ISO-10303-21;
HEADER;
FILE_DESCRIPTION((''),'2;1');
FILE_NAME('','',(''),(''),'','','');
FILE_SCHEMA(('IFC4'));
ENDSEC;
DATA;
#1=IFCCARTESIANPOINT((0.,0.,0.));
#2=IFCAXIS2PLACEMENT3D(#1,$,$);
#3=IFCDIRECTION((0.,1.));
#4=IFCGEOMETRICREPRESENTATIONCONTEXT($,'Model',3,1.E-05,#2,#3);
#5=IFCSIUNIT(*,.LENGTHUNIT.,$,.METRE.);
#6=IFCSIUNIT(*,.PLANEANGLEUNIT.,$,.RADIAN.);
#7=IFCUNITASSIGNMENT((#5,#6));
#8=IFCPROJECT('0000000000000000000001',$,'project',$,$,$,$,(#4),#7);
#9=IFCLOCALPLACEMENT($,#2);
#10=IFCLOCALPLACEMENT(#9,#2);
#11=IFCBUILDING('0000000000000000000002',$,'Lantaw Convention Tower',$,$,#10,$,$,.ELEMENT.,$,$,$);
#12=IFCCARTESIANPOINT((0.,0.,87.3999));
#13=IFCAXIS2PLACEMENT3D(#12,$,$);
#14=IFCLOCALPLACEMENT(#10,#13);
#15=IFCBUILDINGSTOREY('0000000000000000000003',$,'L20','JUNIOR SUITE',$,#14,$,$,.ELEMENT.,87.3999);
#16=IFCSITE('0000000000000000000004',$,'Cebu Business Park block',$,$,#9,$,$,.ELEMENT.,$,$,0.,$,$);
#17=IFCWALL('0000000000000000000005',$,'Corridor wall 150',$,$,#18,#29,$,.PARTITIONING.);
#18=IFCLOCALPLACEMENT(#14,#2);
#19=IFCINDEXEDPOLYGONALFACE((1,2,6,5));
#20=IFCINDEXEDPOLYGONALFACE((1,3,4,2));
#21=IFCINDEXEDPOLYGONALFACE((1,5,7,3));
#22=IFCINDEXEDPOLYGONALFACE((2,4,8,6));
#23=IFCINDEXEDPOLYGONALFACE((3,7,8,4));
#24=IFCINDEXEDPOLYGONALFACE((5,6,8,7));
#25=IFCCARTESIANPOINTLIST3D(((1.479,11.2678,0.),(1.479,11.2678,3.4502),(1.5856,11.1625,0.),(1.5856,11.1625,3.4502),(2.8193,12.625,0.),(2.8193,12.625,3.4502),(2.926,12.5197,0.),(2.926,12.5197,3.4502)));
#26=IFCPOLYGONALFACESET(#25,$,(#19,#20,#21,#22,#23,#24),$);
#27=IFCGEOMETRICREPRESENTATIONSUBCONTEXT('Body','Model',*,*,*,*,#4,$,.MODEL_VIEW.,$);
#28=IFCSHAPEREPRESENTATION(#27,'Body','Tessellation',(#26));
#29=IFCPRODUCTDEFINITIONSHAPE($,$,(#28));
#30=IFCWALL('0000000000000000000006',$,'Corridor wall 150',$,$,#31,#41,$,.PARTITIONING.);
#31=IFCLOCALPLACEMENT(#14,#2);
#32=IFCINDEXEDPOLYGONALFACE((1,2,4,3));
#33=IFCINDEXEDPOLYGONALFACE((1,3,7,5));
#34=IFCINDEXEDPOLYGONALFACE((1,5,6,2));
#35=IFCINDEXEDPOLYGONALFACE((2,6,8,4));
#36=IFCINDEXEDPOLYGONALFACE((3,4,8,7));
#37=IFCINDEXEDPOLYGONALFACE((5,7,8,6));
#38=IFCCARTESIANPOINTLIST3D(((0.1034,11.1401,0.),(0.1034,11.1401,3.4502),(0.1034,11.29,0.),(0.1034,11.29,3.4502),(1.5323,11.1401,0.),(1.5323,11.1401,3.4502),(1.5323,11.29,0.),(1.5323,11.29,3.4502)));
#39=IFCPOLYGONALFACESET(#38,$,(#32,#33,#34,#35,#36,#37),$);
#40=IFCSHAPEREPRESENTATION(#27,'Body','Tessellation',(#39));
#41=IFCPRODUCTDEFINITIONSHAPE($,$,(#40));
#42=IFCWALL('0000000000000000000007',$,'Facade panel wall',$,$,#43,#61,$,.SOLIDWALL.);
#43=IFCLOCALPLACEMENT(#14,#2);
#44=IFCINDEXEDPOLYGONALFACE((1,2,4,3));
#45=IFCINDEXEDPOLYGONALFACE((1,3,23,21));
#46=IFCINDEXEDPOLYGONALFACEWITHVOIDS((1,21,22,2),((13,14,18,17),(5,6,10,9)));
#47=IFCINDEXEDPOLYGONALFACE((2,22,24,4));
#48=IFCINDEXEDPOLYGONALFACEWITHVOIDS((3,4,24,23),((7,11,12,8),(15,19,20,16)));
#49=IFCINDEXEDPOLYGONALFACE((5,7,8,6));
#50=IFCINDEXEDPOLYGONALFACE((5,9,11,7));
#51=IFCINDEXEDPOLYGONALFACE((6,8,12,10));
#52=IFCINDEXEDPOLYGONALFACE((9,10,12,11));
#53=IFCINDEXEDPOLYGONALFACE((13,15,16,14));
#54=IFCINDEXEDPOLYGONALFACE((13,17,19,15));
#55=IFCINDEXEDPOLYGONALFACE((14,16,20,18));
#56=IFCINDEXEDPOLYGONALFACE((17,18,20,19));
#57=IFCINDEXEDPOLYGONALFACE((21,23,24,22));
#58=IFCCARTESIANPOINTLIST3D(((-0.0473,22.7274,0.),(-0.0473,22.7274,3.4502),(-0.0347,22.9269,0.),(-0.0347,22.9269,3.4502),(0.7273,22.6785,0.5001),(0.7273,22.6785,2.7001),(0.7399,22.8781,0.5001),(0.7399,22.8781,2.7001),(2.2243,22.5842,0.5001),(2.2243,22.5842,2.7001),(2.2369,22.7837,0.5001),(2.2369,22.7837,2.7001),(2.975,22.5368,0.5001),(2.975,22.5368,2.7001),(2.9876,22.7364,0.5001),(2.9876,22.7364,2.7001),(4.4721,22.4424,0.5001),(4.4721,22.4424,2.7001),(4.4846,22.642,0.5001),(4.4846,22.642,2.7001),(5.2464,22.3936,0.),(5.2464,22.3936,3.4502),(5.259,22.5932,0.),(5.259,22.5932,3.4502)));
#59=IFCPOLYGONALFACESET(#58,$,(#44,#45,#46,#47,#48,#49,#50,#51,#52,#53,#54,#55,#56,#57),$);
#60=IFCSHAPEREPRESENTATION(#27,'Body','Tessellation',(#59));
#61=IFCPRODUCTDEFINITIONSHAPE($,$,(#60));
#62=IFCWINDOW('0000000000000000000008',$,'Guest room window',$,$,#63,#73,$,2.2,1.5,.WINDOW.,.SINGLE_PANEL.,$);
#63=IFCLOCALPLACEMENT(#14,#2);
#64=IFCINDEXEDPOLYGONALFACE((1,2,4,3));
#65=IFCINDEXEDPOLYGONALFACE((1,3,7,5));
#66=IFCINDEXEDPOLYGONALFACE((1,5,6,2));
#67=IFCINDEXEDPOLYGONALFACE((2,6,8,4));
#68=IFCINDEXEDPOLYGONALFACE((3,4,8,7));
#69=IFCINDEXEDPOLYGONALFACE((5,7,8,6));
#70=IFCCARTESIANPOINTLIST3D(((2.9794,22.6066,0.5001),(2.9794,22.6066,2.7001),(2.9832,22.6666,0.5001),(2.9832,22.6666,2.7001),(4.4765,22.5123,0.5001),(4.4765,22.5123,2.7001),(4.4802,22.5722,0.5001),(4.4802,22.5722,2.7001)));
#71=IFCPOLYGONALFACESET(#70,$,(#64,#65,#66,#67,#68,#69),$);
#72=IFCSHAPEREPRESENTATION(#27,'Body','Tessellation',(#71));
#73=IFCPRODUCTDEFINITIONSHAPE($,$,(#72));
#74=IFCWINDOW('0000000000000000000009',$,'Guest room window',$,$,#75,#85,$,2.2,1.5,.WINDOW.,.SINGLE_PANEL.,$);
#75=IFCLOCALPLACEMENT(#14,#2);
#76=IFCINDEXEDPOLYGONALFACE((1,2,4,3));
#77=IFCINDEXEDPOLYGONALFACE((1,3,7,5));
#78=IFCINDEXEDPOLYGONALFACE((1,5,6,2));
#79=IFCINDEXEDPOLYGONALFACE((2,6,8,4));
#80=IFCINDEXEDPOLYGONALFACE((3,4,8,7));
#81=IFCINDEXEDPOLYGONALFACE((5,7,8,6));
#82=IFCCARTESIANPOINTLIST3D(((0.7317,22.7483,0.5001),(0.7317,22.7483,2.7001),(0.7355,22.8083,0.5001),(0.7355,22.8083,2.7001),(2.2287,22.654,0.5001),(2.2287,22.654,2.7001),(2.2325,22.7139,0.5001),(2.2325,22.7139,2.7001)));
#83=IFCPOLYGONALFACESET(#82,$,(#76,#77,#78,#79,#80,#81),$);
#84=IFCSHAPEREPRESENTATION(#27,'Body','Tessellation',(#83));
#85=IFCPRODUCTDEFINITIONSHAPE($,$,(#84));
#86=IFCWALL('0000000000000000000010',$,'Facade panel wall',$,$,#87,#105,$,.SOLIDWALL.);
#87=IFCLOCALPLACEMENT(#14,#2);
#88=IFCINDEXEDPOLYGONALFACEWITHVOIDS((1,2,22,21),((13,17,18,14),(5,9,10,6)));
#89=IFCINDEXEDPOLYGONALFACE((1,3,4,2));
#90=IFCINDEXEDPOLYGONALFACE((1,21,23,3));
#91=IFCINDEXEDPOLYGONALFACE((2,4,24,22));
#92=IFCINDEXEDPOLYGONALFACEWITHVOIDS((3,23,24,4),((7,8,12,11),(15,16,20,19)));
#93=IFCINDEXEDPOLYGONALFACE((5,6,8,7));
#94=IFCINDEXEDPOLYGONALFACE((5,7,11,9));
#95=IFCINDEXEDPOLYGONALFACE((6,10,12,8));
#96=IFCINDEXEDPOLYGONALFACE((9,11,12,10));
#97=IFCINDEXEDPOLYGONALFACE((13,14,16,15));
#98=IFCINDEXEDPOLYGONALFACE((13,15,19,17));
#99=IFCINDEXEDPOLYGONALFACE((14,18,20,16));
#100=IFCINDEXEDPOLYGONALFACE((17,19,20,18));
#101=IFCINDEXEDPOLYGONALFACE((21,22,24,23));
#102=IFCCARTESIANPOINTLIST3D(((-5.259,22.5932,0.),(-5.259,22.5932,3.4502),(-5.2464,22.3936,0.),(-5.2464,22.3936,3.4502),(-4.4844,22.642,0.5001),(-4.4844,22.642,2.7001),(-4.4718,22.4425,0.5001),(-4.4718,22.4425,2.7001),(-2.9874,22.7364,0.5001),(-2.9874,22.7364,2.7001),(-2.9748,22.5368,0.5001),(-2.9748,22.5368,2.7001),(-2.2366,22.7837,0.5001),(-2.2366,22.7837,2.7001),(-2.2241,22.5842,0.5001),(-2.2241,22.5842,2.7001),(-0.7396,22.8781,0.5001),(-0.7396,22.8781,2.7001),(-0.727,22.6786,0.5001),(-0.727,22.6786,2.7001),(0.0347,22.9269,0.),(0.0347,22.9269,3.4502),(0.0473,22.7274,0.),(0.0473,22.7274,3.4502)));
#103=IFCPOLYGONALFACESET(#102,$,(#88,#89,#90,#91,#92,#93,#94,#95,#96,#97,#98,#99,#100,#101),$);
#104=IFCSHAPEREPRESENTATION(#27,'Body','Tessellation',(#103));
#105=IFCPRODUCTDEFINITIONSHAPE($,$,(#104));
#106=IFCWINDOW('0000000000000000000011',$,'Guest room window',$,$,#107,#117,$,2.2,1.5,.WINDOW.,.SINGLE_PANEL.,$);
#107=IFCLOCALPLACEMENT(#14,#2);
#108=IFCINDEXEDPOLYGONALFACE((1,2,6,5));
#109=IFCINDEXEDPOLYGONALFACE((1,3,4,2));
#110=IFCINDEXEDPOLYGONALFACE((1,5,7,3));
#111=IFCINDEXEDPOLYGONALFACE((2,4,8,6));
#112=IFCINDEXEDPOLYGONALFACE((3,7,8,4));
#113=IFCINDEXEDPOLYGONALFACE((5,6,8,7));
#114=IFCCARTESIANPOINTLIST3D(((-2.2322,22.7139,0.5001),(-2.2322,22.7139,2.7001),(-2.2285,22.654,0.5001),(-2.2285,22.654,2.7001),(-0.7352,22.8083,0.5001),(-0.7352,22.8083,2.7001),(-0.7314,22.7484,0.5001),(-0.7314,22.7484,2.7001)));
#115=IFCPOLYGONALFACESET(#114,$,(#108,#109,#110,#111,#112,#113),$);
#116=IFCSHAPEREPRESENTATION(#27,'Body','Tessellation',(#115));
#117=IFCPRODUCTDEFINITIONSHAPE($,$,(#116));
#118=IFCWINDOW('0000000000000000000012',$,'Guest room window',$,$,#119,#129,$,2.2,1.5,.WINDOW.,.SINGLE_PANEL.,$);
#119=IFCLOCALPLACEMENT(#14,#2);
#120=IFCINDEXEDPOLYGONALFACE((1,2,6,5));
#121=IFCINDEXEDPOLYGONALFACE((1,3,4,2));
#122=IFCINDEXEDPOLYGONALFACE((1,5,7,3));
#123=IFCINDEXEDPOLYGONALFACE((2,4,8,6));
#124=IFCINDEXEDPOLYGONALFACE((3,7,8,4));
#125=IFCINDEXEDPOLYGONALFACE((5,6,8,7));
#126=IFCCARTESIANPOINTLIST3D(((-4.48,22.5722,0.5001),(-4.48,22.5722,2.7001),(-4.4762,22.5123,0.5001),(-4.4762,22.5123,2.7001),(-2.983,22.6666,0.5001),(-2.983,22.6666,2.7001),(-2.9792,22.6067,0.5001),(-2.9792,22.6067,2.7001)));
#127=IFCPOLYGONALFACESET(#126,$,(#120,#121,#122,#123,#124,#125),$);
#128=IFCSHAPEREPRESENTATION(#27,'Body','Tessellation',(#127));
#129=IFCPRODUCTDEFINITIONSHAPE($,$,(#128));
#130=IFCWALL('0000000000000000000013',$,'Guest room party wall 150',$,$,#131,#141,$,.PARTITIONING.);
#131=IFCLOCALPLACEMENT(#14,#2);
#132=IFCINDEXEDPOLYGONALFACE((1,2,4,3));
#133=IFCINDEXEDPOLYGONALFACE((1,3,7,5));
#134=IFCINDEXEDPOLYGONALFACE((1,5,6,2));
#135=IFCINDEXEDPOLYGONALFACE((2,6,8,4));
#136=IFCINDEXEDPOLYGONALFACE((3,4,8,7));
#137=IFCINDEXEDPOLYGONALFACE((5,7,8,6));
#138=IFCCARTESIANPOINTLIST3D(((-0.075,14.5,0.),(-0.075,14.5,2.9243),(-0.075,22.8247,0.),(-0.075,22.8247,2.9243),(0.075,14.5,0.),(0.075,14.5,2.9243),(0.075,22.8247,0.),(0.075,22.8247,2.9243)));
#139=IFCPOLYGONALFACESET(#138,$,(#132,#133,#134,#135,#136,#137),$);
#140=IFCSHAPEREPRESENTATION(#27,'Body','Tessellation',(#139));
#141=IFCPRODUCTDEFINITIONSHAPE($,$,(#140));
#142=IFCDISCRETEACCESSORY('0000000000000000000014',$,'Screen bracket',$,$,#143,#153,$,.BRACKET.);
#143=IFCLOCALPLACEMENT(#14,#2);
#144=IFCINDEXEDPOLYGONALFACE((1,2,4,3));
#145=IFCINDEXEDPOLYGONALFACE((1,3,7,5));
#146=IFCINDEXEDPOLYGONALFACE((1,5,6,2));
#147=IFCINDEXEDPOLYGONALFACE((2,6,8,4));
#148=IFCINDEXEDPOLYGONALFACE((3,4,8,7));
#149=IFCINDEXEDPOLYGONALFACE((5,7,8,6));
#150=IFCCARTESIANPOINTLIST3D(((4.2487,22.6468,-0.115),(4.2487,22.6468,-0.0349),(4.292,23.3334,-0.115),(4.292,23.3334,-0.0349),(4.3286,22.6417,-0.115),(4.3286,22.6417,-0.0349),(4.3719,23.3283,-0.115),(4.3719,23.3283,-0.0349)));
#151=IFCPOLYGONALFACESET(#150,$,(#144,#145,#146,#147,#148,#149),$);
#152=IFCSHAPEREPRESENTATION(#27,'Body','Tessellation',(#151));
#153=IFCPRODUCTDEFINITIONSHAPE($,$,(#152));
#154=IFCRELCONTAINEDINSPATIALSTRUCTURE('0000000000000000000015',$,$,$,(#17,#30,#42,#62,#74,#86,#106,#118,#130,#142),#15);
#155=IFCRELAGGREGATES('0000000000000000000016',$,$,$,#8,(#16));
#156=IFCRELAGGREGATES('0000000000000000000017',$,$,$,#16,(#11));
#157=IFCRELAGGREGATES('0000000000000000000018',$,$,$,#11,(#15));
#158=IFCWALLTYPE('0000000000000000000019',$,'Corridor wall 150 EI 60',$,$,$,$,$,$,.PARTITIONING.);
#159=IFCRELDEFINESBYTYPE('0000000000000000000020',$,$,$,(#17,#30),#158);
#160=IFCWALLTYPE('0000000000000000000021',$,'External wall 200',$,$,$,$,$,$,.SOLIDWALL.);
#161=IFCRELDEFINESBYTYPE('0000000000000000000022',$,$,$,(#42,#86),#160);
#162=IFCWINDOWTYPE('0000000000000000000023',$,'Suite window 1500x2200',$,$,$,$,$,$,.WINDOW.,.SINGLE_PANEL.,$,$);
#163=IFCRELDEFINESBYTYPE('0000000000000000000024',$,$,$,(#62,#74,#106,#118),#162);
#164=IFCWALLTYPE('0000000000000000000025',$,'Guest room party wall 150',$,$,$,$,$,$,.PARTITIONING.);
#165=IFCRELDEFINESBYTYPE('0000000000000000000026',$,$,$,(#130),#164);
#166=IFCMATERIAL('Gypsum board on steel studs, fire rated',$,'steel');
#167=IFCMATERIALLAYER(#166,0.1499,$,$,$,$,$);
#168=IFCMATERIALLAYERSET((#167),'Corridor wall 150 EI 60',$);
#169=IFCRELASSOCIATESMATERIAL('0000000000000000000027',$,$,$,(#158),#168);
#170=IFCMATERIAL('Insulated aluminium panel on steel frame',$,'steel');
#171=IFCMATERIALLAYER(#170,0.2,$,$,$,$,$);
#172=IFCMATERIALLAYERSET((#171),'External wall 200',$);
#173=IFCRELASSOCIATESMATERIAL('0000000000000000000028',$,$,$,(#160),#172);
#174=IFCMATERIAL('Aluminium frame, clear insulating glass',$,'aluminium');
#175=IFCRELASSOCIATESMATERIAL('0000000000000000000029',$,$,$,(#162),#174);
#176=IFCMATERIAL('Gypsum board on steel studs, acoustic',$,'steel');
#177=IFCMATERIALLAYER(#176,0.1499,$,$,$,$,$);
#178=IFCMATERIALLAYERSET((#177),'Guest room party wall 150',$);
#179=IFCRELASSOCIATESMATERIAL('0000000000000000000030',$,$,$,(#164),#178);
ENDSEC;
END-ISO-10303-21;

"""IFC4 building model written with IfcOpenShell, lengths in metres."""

from ifc_helpers import new_model, si_unit, direction, frame, frame_2d, origin, origin_2d, place, context, subcontext, project, spatial, rectangle, extrude, material, layer, layer_set, type_object, element, fill, save


model = new_model("IFC4")

# Units and contexts
model_context = context("Model", 3, precision=1e-05, world=origin(), true_north=direction((0.0, 1.0)))
body_context = subcontext(model_context, "Body", "Model", "MODEL_VIEW")
ifc_project = project(units=[si_unit("LENGTHUNIT", "METRE"), si_unit("PLANEANGLEUNIT", "RADIAN")], contexts=[model_context])

# Site, building, storey
site_placement = place(None, origin())
site = spatial("IfcSite", under=ifc_project, at=site_placement, Name="Cebu Business Park block", CompositionType="ELEMENT", RefElevation=0.0)
building_placement = place(site_placement, origin())
building = spatial("IfcBuilding", under=site, at=building_placement, Name="Lantaw Convention Tower", CompositionType="ELEMENT")
storey_placement = place(building_placement, frame((0.0, 0.0, 87.3999)))
storey = spatial("IfcBuildingStorey", under=building, at=storey_placement, Name="L20", Description="JUNIOR SUITE", CompositionType="ELEMENT", Elevation=87.3999)

# Shared definitions
ifc_material_1 = material(Name="Gypsum board on steel studs, fire rated", Category="steel")
ifc_layer_1 = layer(ifc_material_1, 0.1499)
ifc_layer_set_1 = layer_set([ifc_layer_1], Name="Corridor wall 150 EI 60")
wall_type_1 = type_object("IfcWallType", Name="Corridor wall 150 EI 60", PredefinedType="PARTITIONING", material=ifc_layer_set_1)

# Walls
wall_1_placement = place(storey_placement, frame((2.8726, 12.5723, 0.0), z_axis=(0.0, 0.0, 1.0), x_axis=(-0.702677, -0.711509, 0.0)))
element("IfcWall", 1, at=wall_1_placement, inside=storey, type_object=wall_type_1, Name="Corridor wall 150", PredefinedType="PARTITIONING", context=body_context, shape_type="SweptSolid", body=[
    extrude(rectangle(XDim=1.9075, YDim=0.1499, at=frame_2d((0.9536, 0.0))), origin(), (0.0, 0.0, 1.0), 3.4502),
])
wall_2_placement = place(storey_placement, frame((1.5322, 11.2151, 0.0), z_axis=(0.0, 0.0, 1.0), x_axis=(-1.0, 0.0, 0.0)))
element("IfcWall", 2, at=wall_2_placement, inside=storey, type_object=wall_type_1, Name="Corridor wall 150", PredefinedType="PARTITIONING", context=body_context, shape_type="SweptSolid", body=[
    extrude(rectangle(XDim=1.429, YDim=0.1499, at=frame_2d((0.7144, 0.0))), origin(), (0.0, 0.0, 1.0), 3.4502),
])

# Walls, openings, windows
ifc_material_2 = material(Name="Insulated aluminium panel on steel frame", Category="steel")
ifc_layer_2 = layer(ifc_material_2, 0.2)
ifc_layer_set_2 = layer_set([ifc_layer_2], Name="External wall 200")
wall_type_2 = type_object("IfcWallType", Name="External wall 200", PredefinedType="SOLIDWALL", material=ifc_layer_set_2)
wall_3_placement = place(storey_placement, frame((5.2527, 22.4934, 0.0), z_axis=(0.0, 0.0, 1.0), x_axis=(-0.998019, 0.06292, 0.0)))
wall_3 = element("IfcWall", 3, at=wall_3_placement, inside=storey, type_object=wall_type_2, Name="Facade panel wall", PredefinedType="SOLIDWALL", context=body_context, shape_type="SweptSolid", body=[
    extrude(rectangle(XDim=5.3042, YDim=0.2, at=frame_2d((2.6521, 0.0))), origin(), (0.0, 0.0, 1.0), 3.4502),
])
opening_1_placement = place(wall_3_placement, frame((0.7759, 0.0, 0.5)))
opening_1 = element("IfcOpeningElement", 4, at=opening_1_placement, cuts=wall_3, PredefinedType="OPENING", context=body_context, shape_type="SweptSolid", body=[
    extrude(rectangle(XDim=1.5, YDim=2.2, at=frame_2d((0.75, 1.1001))), frame((0.0, 0.1099, 0.0), z_axis=(0.0, -1.0, 0.0), x_axis=(1.0, 0.0, 0.0)), (0.0, 0.0, 1.0), 0.22),
])
opening_2_placement = place(wall_3_placement, frame((3.0281, 0.0, 0.5)))
opening_2 = element("IfcOpeningElement", 5, at=opening_2_placement, cuts=wall_3, PredefinedType="OPENING", context=body_context, shape_type="SweptSolid", body=[
    extrude(rectangle(XDim=1.5, YDim=2.2, at=frame_2d((0.75, 1.1001))), frame((0.0, 0.1099, 0.0), z_axis=(0.0, -1.0, 0.0), x_axis=(1.0, 0.0, 0.0)), (0.0, 0.0, 1.0), 0.22),
])
ifc_material_3 = material(Name="Aluminium frame, clear insulating glass", Category="aluminium")
window_type = type_object("IfcWindowType", Name="Suite window 1500x2200", PartitioningType="SINGLE_PANEL", PredefinedType="WINDOW", material=ifc_material_3)
window_1_placement = place(opening_1_placement, origin())
window_1 = element("IfcWindow", 6, at=window_1_placement, inside=storey, type_object=window_type, Name="Guest room window", OverallHeight=2.2, OverallWidth=1.5, PartitioningType="SINGLE_PANEL", PredefinedType="WINDOW", context=body_context, shape_type="SweptSolid", body=[
    extrude(rectangle(XDim=1.5, YDim=2.2, at=frame_2d((0.75, 1.1001))), frame((0.0, 0.03, 0.0), z_axis=(0.0, -1.0, 0.0), x_axis=(1.0, 0.0, 0.0)), (0.0, 0.0, 1.0), 0.0601),
])
fill(opening_1, window_1)
window_2_placement = place(opening_2_placement, origin())
window_2 = element("IfcWindow", 7, at=window_2_placement, inside=storey, type_object=window_type, Name="Guest room window", OverallHeight=2.2, OverallWidth=1.5, PartitioningType="SINGLE_PANEL", PredefinedType="WINDOW", context=body_context, shape_type="SweptSolid", body=[
    extrude(rectangle(XDim=1.5, YDim=2.2, at=frame_2d((0.75, 1.1001))), frame((0.0, 0.03, 0.0), z_axis=(0.0, -1.0, 0.0), x_axis=(1.0, 0.0, 0.0)), (0.0, 0.0, 1.0), 0.0601),
])
fill(opening_2, window_2)
wall_4_placement = place(storey_placement, frame((0.041, 22.8271, 0.0), z_axis=(0.0, 0.0, 1.0), x_axis=(-0.998019, -0.06292, 0.0)))
wall_4 = element("IfcWall", 8, at=wall_4_placement, inside=storey, type_object=wall_type_2, Name="Facade panel wall", PredefinedType="SOLIDWALL", context=body_context, shape_type="SweptSolid", body=[
    extrude(rectangle(XDim=5.3042, YDim=0.2, at=frame_2d((2.6521, 0.0))), origin(), (0.0, 0.0, 1.0), 3.4502),
])
opening_3_placement = place(wall_4_placement, frame((0.7759, 0.0, 0.5)))
opening_3 = element("IfcOpeningElement", 9, at=opening_3_placement, cuts=wall_4, PredefinedType="OPENING", context=body_context, shape_type="SweptSolid", body=[
    extrude(rectangle(XDim=1.5, YDim=2.2, at=frame_2d((0.75, 1.1001))), frame((0.0, 0.1099, 0.0), z_axis=(0.0, -1.0, 0.0), x_axis=(1.0, 0.0, 0.0)), (0.0, 0.0, 1.0), 0.22),
])
opening_4_placement = place(wall_4_placement, frame((3.0281, 0.0, 0.5)))
opening_4 = element("IfcOpeningElement", 10, at=opening_4_placement, cuts=wall_4, PredefinedType="OPENING", context=body_context, shape_type="SweptSolid", body=[
    extrude(rectangle(XDim=1.5, YDim=2.2, at=frame_2d((0.75, 1.1001))), frame((0.0, 0.1099, 0.0), z_axis=(0.0, -1.0, 0.0), x_axis=(1.0, 0.0, 0.0)), (0.0, 0.0, 1.0), 0.22),
])
window_3_placement = place(opening_3_placement, origin())
window_3 = element("IfcWindow", 11, at=window_3_placement, inside=storey, type_object=window_type, Name="Guest room window", OverallHeight=2.2, OverallWidth=1.5, PartitioningType="SINGLE_PANEL", PredefinedType="WINDOW", context=body_context, shape_type="SweptSolid", body=[
    extrude(rectangle(XDim=1.5, YDim=2.2, at=frame_2d((0.75, 1.1001))), frame((0.0, 0.03, 0.0), z_axis=(0.0, -1.0, 0.0), x_axis=(1.0, 0.0, 0.0)), (0.0, 0.0, 1.0), 0.0601),
])
fill(opening_3, window_3)
window_4_placement = place(opening_4_placement, origin())
window_4 = element("IfcWindow", 12, at=window_4_placement, inside=storey, type_object=window_type, Name="Guest room window", OverallHeight=2.2, OverallWidth=1.5, PartitioningType="SINGLE_PANEL", PredefinedType="WINDOW", context=body_context, shape_type="SweptSolid", body=[
    extrude(rectangle(XDim=1.5, YDim=2.2, at=frame_2d((0.75, 1.1001))), frame((0.0, 0.03, 0.0), z_axis=(0.0, -1.0, 0.0), x_axis=(1.0, 0.0, 0.0)), (0.0, 0.0, 1.0), 0.0601),
])
fill(opening_4, window_4)

# Wall
ifc_material_4 = material(Name="Gypsum board on steel studs, acoustic", Category="steel")
ifc_layer_3 = layer(ifc_material_4, 0.1499)
ifc_layer_set_3 = layer_set([ifc_layer_3], Name="Guest room party wall 150")
wall_type_3 = type_object("IfcWallType", Name="Guest room party wall 150", PredefinedType="PARTITIONING", material=ifc_layer_set_3)
wall_5_placement = place(storey_placement, frame((0.0, 22.8247, 0.0), z_axis=(0.0, 0.0, 1.0), x_axis=(0.0, -1.0, 0.0)))
element("IfcWall", 13, at=wall_5_placement, inside=storey, type_object=wall_type_3, Name="Guest room party wall 150", PredefinedType="PARTITIONING", context=body_context, shape_type="SweptSolid", body=[
    extrude(rectangle(XDim=8.3247, YDim=0.1499, at=frame_2d((4.1624, 0.0))), origin(), (0.0, 0.0, 1.0), 2.9243),
])

# Discrete accessory
discrete_accessory_placement = place(storey_placement, frame((4.3103, 22.9875, -0.115), z_axis=(0.0, 0.0, 1.0), x_axis=(-0.998016, 0.062958, 0.0)))
element("IfcDiscreteAccessory", 14, at=discrete_accessory_placement, inside=storey, Name="Screen bracket", PredefinedType="BRACKET", context=body_context, shape_type="SweptSolid", body=[
    extrude(rectangle(XDim=0.0801, YDim=0.688, at=origin_2d()), origin(), (0.0, 0.0, 1.0), 0.0801),
])

save(model, "model.ifc")
